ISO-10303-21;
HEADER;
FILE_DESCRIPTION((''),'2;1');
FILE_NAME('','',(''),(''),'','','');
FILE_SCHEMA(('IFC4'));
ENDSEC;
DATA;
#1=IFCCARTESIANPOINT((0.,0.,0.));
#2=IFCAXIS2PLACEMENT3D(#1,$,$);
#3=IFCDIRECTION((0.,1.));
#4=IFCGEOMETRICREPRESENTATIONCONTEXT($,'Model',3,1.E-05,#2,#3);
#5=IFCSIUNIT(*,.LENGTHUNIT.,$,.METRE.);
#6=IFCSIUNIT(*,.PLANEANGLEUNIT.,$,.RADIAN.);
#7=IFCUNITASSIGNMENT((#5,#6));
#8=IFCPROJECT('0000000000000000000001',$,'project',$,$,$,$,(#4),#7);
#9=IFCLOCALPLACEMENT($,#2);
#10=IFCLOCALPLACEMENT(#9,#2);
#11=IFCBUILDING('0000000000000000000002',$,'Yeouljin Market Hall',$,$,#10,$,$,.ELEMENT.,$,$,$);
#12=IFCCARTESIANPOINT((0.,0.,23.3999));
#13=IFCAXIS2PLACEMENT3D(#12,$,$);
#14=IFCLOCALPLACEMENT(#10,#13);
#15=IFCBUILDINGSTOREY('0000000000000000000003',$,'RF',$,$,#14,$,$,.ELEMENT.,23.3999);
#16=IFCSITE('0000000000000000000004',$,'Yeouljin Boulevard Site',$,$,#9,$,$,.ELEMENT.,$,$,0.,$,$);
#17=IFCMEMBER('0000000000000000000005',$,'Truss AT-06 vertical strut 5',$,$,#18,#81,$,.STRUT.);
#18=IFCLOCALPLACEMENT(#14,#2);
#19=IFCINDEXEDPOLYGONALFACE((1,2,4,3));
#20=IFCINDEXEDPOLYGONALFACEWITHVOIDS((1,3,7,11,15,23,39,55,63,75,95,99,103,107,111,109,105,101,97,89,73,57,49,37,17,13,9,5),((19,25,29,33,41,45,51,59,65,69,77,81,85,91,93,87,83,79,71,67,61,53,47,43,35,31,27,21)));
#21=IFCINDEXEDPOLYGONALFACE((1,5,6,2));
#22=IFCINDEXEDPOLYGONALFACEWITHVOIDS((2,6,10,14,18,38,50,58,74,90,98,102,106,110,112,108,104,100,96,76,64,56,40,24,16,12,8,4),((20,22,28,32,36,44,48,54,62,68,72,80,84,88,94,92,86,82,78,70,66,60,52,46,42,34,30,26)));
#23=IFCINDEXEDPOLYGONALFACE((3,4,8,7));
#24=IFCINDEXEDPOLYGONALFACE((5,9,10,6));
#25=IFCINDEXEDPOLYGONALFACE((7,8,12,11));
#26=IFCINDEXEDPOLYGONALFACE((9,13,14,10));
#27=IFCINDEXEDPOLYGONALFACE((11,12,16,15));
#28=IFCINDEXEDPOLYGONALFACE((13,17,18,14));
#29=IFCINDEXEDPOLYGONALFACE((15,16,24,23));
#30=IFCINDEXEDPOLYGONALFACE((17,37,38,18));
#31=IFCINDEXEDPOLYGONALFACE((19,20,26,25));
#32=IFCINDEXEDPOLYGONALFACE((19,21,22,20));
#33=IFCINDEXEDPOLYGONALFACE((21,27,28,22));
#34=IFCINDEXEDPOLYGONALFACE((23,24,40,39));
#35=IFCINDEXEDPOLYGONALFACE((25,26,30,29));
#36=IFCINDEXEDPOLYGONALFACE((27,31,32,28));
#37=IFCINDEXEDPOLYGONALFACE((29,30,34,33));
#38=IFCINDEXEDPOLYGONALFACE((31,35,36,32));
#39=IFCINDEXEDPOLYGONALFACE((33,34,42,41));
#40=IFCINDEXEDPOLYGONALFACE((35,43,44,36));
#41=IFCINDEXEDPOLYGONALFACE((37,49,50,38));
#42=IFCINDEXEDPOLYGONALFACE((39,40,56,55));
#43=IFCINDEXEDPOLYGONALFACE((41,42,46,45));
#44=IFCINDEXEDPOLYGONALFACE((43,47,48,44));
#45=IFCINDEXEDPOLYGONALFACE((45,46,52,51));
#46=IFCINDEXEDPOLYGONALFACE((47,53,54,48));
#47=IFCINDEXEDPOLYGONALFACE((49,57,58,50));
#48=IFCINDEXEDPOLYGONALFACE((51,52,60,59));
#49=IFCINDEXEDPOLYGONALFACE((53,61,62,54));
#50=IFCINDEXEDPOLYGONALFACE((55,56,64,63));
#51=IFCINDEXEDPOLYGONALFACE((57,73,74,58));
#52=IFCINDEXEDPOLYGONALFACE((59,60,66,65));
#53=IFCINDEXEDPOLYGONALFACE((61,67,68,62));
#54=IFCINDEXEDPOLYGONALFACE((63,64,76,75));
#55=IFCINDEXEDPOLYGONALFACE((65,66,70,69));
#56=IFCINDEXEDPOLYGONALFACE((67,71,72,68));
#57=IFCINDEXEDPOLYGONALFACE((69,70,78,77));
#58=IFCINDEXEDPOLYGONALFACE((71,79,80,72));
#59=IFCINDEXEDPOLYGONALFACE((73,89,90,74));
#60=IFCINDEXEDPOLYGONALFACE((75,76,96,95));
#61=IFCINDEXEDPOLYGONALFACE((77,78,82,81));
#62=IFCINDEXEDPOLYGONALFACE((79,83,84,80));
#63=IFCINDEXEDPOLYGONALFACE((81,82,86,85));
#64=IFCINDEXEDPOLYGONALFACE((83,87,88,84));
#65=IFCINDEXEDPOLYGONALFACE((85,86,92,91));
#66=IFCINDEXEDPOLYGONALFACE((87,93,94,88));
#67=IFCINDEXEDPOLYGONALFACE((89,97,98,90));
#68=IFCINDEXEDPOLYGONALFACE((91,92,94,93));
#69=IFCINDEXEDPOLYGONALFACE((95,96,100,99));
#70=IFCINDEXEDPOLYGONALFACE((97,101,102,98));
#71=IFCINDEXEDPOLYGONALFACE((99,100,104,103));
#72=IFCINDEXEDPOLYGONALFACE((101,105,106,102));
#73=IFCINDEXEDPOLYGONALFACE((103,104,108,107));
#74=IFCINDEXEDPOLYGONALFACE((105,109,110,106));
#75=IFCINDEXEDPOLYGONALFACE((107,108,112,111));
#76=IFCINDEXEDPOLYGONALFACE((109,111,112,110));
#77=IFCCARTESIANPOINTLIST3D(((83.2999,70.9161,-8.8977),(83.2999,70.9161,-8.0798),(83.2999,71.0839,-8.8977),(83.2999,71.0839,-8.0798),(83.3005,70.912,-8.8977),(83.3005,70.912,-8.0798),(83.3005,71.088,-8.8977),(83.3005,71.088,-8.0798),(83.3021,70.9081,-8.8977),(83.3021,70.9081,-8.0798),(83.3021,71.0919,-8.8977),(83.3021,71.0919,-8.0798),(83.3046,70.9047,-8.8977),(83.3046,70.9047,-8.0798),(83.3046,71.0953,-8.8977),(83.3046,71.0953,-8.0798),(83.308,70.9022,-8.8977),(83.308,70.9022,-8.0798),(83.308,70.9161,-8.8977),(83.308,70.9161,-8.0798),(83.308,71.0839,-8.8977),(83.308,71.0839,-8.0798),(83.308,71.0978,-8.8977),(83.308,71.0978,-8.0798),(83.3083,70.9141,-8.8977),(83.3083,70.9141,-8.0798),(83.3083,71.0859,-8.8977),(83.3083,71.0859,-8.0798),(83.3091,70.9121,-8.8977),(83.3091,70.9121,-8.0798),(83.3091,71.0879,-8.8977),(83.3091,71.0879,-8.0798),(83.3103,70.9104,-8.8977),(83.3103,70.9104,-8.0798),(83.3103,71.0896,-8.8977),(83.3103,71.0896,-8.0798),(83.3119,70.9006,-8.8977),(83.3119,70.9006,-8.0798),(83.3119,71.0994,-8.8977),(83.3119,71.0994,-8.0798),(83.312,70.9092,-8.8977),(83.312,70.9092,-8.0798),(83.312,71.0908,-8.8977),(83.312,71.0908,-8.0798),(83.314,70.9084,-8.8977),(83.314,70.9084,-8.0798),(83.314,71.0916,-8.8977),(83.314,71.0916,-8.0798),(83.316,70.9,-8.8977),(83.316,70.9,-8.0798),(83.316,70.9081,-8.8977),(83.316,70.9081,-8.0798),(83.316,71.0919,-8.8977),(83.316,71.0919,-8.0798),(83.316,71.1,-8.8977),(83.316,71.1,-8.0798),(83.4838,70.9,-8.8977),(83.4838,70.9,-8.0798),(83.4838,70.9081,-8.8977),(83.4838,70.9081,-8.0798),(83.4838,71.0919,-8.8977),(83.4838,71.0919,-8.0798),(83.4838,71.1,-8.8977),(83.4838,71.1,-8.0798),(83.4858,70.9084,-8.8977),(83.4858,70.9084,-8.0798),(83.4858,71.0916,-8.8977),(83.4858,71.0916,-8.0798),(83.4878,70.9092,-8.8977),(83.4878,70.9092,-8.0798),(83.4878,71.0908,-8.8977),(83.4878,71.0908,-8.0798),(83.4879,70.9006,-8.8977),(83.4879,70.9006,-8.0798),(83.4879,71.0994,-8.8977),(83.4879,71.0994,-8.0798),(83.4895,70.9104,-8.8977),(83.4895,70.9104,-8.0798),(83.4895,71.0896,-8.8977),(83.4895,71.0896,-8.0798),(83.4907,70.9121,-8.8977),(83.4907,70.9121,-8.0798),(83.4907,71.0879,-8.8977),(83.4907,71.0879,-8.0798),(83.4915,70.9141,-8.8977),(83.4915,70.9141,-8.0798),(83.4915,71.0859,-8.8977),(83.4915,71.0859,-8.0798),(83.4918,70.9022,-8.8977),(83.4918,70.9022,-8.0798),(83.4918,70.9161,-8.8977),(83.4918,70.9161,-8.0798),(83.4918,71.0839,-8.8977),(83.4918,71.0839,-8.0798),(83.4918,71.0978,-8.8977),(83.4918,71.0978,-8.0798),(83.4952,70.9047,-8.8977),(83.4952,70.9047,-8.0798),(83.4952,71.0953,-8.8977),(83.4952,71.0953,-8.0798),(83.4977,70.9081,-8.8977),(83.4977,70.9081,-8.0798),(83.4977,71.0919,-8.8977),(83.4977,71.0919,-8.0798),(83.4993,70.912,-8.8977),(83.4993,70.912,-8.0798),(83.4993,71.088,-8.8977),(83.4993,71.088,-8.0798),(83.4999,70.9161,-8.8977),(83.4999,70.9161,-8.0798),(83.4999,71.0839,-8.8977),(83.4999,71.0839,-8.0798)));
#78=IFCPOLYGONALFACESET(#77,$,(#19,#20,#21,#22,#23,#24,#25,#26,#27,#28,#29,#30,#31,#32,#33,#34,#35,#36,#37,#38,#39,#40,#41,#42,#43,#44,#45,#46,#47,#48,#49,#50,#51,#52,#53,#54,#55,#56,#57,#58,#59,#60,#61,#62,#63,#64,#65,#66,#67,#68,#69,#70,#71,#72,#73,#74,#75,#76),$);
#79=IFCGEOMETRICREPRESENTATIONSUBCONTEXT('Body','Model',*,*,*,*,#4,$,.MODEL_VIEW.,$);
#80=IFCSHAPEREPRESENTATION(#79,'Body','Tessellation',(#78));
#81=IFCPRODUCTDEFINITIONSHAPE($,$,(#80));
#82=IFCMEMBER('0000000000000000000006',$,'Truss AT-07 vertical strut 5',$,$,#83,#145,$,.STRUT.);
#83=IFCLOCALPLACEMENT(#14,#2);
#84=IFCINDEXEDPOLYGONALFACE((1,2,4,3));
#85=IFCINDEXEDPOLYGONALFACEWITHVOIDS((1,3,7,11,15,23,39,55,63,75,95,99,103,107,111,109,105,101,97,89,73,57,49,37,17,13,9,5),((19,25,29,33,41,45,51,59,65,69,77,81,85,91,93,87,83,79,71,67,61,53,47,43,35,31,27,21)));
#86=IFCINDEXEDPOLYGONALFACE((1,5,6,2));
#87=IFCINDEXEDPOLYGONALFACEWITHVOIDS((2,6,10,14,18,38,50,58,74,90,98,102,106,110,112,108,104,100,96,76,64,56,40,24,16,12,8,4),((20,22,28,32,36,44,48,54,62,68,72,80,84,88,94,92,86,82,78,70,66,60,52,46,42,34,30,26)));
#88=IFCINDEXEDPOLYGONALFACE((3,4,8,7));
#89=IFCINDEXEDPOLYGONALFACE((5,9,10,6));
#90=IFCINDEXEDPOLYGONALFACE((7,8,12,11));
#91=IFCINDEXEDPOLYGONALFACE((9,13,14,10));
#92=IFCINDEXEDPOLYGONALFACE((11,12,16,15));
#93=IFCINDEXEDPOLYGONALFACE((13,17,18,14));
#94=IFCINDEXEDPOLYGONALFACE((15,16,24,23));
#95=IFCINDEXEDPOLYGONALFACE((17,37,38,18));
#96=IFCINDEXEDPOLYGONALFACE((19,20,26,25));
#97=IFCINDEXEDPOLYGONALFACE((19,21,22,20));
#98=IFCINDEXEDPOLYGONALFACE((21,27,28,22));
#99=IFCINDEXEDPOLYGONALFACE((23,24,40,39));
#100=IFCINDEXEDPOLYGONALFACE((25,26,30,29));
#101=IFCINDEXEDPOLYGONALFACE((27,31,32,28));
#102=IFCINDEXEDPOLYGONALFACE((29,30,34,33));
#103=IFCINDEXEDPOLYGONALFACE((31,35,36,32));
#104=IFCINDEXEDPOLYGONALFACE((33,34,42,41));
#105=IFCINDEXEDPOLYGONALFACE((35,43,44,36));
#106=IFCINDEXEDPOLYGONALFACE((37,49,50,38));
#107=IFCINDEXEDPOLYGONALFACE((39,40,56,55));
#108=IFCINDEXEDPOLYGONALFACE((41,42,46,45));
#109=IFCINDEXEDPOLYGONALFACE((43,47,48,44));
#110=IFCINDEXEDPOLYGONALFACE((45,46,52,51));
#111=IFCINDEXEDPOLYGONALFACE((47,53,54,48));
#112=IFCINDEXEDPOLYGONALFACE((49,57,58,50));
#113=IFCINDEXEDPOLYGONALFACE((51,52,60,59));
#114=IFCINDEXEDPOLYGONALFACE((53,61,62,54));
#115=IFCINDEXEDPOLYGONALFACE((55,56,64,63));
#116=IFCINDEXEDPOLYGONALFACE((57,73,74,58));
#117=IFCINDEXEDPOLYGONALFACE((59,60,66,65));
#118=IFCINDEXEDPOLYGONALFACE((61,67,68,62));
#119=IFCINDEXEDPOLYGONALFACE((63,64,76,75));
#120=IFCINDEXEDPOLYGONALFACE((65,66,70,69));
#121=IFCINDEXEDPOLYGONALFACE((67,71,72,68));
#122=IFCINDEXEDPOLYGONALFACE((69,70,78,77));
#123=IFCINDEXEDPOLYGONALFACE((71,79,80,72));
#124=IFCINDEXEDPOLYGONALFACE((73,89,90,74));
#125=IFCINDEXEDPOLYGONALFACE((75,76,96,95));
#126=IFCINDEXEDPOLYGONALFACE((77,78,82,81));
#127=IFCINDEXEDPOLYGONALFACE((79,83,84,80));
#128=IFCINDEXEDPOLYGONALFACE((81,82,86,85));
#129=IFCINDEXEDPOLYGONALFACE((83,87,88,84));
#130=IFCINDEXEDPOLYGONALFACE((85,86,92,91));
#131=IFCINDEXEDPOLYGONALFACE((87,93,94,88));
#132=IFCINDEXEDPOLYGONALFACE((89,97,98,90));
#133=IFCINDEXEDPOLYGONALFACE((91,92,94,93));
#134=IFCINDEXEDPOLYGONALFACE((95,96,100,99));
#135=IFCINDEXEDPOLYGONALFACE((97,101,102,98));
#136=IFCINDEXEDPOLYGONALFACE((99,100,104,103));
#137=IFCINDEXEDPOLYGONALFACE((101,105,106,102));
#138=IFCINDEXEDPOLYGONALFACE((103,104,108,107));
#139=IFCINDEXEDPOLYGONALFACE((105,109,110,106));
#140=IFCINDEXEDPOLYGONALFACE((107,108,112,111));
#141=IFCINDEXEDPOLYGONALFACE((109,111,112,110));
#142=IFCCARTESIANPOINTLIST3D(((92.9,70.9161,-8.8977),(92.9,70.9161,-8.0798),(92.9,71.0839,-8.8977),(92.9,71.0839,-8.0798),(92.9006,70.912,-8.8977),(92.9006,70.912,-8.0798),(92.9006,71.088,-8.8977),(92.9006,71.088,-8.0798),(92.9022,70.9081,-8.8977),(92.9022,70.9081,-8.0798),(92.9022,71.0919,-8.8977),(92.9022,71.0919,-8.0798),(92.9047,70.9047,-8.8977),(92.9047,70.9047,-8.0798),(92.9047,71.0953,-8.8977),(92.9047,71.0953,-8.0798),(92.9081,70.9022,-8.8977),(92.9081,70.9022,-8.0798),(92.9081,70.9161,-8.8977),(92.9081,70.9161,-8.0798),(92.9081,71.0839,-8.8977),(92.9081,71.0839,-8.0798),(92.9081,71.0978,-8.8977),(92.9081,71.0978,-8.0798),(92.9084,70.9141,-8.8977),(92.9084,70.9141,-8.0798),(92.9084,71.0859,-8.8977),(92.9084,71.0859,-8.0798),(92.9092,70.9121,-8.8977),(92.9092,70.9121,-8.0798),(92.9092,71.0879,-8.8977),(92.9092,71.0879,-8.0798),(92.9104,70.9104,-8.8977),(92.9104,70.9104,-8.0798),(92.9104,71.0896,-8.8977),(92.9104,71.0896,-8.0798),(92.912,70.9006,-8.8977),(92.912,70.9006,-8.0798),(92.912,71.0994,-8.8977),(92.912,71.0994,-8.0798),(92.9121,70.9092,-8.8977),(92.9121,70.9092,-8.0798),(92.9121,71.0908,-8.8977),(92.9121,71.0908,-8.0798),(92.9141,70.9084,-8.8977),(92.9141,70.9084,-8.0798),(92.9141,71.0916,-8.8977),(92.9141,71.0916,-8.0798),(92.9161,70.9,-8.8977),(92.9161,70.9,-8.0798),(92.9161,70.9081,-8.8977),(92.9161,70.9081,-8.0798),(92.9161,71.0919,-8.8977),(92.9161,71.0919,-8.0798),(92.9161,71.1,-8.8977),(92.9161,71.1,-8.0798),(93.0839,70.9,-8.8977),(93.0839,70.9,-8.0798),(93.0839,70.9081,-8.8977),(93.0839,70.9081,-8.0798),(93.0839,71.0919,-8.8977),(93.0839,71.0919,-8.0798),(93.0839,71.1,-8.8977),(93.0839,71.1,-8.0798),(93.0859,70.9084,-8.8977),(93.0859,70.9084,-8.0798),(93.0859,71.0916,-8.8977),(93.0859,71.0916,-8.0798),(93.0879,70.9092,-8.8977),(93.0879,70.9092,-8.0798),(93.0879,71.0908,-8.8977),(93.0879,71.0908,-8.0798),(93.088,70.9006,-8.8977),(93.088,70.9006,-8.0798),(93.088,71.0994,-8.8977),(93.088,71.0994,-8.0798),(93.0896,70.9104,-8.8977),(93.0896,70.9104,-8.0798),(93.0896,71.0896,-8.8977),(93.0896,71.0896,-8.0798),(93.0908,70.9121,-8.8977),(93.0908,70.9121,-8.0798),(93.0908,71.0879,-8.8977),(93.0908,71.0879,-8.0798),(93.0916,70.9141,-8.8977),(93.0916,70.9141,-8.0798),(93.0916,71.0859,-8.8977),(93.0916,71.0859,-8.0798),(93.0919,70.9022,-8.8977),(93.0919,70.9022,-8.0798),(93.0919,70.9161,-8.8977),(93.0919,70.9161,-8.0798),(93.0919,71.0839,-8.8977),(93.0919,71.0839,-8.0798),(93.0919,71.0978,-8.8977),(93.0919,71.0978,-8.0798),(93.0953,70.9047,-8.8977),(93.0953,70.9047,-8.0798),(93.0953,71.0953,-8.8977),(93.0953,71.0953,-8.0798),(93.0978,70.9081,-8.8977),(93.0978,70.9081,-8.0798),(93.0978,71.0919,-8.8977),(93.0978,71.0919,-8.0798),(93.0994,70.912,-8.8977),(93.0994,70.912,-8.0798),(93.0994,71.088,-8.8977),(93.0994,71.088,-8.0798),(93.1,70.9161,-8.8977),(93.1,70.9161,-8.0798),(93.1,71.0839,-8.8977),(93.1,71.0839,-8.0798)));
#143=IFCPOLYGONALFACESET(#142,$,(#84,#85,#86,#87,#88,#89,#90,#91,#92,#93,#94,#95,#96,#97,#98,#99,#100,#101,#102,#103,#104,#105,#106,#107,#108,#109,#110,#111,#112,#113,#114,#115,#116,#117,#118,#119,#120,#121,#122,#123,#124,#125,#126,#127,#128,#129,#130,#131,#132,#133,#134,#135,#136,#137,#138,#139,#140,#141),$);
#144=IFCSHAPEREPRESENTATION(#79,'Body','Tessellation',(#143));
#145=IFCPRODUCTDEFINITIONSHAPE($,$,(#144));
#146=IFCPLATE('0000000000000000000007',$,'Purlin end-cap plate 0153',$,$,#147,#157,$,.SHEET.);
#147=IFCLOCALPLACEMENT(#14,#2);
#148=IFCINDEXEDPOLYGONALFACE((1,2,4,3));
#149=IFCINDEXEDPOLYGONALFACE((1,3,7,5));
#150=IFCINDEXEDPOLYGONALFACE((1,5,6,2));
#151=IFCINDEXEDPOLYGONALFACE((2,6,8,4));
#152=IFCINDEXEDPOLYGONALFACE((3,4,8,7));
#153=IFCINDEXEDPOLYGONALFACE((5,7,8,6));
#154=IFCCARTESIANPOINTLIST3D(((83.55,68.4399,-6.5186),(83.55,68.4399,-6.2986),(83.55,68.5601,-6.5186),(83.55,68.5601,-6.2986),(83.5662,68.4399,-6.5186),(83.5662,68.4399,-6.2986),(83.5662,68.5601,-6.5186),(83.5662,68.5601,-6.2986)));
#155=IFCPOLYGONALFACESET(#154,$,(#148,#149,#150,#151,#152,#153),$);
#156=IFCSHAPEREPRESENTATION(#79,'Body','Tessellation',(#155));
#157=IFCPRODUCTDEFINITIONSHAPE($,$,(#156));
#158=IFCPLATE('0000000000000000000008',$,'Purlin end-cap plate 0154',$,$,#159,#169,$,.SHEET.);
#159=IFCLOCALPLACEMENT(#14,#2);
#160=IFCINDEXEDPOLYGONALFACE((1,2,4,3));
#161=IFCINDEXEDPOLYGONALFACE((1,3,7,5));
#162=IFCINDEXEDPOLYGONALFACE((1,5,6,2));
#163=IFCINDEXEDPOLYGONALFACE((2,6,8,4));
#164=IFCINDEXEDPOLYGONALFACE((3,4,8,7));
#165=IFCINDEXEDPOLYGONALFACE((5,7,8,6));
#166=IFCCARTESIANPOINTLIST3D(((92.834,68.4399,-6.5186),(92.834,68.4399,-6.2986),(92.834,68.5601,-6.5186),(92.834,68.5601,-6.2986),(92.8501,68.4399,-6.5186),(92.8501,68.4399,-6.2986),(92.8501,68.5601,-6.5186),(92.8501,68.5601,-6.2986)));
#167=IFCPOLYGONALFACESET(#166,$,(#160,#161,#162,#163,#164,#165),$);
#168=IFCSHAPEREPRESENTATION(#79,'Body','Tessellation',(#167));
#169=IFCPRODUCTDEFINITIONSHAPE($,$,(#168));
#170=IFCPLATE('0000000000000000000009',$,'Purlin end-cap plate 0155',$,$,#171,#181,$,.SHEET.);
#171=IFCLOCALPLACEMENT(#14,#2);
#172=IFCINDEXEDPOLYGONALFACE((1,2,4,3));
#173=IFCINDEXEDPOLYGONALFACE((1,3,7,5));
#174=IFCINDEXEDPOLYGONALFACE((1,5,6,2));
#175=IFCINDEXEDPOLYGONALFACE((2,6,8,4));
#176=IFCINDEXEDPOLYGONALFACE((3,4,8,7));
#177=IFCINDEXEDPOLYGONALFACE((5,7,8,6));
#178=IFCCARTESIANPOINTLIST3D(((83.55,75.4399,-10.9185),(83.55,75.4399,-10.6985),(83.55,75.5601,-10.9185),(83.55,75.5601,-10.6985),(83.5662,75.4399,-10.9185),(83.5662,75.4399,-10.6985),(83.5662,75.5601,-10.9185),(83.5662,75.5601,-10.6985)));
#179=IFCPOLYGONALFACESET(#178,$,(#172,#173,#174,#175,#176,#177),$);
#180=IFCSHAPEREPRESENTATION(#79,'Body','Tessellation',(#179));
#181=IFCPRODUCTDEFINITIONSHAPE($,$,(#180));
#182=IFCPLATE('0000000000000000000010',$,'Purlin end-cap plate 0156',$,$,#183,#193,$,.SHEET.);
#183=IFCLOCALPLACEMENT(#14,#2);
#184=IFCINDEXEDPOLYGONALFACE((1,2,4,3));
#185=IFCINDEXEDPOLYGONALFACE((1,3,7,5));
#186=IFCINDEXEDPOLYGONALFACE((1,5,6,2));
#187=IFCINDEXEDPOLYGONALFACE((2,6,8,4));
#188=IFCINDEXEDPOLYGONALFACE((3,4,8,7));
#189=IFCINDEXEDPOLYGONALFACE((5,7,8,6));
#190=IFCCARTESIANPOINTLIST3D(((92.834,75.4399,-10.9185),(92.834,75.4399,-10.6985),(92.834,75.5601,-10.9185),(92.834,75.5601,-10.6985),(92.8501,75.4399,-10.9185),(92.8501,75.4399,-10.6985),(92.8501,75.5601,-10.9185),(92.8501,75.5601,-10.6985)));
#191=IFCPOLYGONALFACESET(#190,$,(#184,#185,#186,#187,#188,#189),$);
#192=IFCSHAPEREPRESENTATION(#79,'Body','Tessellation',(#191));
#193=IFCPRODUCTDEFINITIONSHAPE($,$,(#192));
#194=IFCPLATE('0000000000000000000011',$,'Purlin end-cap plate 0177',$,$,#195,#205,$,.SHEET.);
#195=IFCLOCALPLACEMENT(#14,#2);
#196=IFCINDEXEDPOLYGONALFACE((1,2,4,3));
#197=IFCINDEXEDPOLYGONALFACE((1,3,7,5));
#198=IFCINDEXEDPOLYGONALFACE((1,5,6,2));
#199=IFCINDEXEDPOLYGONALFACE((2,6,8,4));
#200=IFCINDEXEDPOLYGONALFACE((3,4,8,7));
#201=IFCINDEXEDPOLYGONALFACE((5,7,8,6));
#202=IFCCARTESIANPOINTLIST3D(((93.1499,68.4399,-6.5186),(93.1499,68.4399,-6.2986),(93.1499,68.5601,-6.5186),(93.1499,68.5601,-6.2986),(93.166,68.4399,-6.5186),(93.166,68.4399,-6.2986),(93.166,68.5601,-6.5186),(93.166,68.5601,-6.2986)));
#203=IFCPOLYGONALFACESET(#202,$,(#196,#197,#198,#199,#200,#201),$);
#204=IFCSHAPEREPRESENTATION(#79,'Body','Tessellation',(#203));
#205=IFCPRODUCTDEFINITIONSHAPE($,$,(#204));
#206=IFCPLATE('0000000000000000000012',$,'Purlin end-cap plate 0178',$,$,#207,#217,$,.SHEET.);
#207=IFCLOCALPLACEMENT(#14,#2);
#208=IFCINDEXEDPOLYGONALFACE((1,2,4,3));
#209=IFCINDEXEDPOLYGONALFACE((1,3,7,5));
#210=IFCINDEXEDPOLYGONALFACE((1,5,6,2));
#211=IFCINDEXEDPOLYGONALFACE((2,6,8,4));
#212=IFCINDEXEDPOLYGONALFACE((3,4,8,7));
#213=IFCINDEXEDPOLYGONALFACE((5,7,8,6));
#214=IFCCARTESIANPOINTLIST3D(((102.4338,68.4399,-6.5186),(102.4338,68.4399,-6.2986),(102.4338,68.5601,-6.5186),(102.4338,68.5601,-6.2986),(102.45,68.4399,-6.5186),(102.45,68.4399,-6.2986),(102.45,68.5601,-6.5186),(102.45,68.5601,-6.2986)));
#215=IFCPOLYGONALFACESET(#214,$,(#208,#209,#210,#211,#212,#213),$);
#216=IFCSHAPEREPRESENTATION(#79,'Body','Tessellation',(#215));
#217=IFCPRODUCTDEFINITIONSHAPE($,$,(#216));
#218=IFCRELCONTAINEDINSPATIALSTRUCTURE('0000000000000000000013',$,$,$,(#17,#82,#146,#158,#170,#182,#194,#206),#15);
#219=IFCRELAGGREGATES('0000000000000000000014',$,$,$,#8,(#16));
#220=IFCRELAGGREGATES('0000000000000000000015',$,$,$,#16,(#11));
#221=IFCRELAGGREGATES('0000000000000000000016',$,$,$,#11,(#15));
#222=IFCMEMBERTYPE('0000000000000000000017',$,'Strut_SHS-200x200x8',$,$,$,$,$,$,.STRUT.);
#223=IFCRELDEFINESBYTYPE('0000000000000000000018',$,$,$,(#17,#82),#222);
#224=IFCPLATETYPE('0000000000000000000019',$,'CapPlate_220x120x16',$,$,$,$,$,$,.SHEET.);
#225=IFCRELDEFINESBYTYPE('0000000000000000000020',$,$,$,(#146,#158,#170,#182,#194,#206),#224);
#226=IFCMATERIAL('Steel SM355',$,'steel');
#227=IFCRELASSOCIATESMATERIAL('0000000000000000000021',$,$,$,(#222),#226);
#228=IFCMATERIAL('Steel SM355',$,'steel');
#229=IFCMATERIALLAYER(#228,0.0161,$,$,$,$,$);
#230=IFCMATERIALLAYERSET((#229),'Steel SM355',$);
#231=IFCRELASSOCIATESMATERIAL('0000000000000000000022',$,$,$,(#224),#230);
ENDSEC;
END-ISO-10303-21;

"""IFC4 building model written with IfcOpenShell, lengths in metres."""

from ifc_helpers import new_model, si_unit, direction, frame, origin, origin_2d, place, context, subcontext, project, spatial, rectangle, hollow_rectangle, extrude, material, layer, layer_set, material_profile, profile_set, type_object, element, save


model = new_model("IFC4")

# Units and contexts
model_context = context("Model", 3, precision=1e-05, world=origin(), true_north=direction((0.0, 1.0)))
body_context = subcontext(model_context, "Body", "Model", "MODEL_VIEW")
ifc_project = project(units=[si_unit("LENGTHUNIT", "METRE"), si_unit("PLANEANGLEUNIT", "RADIAN")], contexts=[model_context])

# Site, building, storey
site_placement = place(None, origin())
site = spatial("IfcSite", under=ifc_project, at=site_placement, Name="Yeouljin Boulevard Site", CompositionType="ELEMENT", RefElevation=0.0)
building_placement = place(site_placement, origin())
building = spatial("IfcBuilding", under=site, at=building_placement, Name="Yeouljin Market Hall", CompositionType="ELEMENT")
storey_placement = place(building_placement, frame((0.0, 0.0, 23.3999)))
storey = spatial("IfcBuildingStorey", under=building, at=storey_placement, Name="RF", CompositionType="ELEMENT", Elevation=23.3999)

# Members
ifc_material_1 = material(Name="Steel SM355", Category="steel")
ifc_material_profile_1 = material_profile(ifc_material_1, hollow_rectangle(XDim=0.2, YDim=0.2, WallThickness=0.0081, InnerFilletRadius=0.0081, OuterFilletRadius=0.0161, at=origin_2d()), Name="SHS-200x200x8")
ifc_profile_set_1 = profile_set([ifc_material_profile_1], Name="Steel SM355")
member_type_1 = type_object("IfcMemberType", Name="Strut_SHS-200x200x8", PredefinedType="STRUT", material=ifc_profile_set_1)
for number, where, z_axis, x_axis, name in (
    (1, (83.3999, 71.0, -8.8977), (0.0, 0.0, 1.0), (1.0, 0.0, 0.0), "Truss AT-06 vertical strut 5"),
    (2, (93.0, 71.0, -8.8977), (0.0, 0.0, 1.0), (1.0, 0.0, 0.0), "Truss AT-07 vertical strut 5"),
):
    element("IfcMember", number, at=place(storey_placement, frame(where, z_axis=z_axis, x_axis=x_axis)), inside=storey, type_object=member_type_1, Name=name, PredefinedType="STRUT", context=body_context, shape_type="SweptSolid", body=[
        extrude(hollow_rectangle(XDim=0.2, YDim=0.2, WallThickness=0.0081, InnerFilletRadius=0.0081, OuterFilletRadius=0.0161, at=origin_2d()), origin(), (0.0, 0.0, 1.0), 0.8179),
    ])

# Plates
ifc_material_2 = material(Name="Steel SM355", Category="steel")
ifc_layer_1 = layer(ifc_material_2, 0.0161)
ifc_layer_set_1 = layer_set([ifc_layer_1], Name="Steel SM355")
plate_type_1 = type_object("IfcPlateType", Name="CapPlate_220x120x16", PredefinedType="SHEET", material=ifc_layer_set_1)
for number, where, z_axis, x_axis, name in (
    (3, (83.5581, 68.5, -6.5186), (0.0, 0.0, 1.0), (0.0, 1.0, 0.0), "Purlin end-cap plate 0153"),
    (4, (92.842, 68.5, -6.5186), (0.0, 0.0, 1.0), (0.0, 1.0, 0.0), "Purlin end-cap plate 0154"),
    (5, (83.5581, 75.5, -10.9185), (0.0, 0.0, 1.0), (0.0, 1.0, 0.0), "Purlin end-cap plate 0155"),
    (6, (92.842, 75.5, -10.9185), (0.0, 0.0, 1.0), (0.0, 1.0, 0.0), "Purlin end-cap plate 0156"),
    (7, (93.158, 68.5, -6.5186), (0.0, 0.0, 1.0), (0.0, 1.0, 0.0), "Purlin end-cap plate 0177"),
    (8, (102.4419, 68.5, -6.5186), (0.0, 0.0, 1.0), (0.0, 1.0, 0.0), "Purlin end-cap plate 0178"),
):
    element("IfcPlate", number, at=place(storey_placement, frame(where, z_axis=z_axis, x_axis=x_axis)), inside=storey, type_object=plate_type_1, Name=name, PredefinedType="SHEET", context=body_context, shape_type="SweptSolid", body=[
        extrude(rectangle(XDim=0.1201, YDim=0.0161, at=origin_2d()), origin(), (0.0, 0.0, 1.0), 0.22),
    ])

save(model, "model.ifc")
